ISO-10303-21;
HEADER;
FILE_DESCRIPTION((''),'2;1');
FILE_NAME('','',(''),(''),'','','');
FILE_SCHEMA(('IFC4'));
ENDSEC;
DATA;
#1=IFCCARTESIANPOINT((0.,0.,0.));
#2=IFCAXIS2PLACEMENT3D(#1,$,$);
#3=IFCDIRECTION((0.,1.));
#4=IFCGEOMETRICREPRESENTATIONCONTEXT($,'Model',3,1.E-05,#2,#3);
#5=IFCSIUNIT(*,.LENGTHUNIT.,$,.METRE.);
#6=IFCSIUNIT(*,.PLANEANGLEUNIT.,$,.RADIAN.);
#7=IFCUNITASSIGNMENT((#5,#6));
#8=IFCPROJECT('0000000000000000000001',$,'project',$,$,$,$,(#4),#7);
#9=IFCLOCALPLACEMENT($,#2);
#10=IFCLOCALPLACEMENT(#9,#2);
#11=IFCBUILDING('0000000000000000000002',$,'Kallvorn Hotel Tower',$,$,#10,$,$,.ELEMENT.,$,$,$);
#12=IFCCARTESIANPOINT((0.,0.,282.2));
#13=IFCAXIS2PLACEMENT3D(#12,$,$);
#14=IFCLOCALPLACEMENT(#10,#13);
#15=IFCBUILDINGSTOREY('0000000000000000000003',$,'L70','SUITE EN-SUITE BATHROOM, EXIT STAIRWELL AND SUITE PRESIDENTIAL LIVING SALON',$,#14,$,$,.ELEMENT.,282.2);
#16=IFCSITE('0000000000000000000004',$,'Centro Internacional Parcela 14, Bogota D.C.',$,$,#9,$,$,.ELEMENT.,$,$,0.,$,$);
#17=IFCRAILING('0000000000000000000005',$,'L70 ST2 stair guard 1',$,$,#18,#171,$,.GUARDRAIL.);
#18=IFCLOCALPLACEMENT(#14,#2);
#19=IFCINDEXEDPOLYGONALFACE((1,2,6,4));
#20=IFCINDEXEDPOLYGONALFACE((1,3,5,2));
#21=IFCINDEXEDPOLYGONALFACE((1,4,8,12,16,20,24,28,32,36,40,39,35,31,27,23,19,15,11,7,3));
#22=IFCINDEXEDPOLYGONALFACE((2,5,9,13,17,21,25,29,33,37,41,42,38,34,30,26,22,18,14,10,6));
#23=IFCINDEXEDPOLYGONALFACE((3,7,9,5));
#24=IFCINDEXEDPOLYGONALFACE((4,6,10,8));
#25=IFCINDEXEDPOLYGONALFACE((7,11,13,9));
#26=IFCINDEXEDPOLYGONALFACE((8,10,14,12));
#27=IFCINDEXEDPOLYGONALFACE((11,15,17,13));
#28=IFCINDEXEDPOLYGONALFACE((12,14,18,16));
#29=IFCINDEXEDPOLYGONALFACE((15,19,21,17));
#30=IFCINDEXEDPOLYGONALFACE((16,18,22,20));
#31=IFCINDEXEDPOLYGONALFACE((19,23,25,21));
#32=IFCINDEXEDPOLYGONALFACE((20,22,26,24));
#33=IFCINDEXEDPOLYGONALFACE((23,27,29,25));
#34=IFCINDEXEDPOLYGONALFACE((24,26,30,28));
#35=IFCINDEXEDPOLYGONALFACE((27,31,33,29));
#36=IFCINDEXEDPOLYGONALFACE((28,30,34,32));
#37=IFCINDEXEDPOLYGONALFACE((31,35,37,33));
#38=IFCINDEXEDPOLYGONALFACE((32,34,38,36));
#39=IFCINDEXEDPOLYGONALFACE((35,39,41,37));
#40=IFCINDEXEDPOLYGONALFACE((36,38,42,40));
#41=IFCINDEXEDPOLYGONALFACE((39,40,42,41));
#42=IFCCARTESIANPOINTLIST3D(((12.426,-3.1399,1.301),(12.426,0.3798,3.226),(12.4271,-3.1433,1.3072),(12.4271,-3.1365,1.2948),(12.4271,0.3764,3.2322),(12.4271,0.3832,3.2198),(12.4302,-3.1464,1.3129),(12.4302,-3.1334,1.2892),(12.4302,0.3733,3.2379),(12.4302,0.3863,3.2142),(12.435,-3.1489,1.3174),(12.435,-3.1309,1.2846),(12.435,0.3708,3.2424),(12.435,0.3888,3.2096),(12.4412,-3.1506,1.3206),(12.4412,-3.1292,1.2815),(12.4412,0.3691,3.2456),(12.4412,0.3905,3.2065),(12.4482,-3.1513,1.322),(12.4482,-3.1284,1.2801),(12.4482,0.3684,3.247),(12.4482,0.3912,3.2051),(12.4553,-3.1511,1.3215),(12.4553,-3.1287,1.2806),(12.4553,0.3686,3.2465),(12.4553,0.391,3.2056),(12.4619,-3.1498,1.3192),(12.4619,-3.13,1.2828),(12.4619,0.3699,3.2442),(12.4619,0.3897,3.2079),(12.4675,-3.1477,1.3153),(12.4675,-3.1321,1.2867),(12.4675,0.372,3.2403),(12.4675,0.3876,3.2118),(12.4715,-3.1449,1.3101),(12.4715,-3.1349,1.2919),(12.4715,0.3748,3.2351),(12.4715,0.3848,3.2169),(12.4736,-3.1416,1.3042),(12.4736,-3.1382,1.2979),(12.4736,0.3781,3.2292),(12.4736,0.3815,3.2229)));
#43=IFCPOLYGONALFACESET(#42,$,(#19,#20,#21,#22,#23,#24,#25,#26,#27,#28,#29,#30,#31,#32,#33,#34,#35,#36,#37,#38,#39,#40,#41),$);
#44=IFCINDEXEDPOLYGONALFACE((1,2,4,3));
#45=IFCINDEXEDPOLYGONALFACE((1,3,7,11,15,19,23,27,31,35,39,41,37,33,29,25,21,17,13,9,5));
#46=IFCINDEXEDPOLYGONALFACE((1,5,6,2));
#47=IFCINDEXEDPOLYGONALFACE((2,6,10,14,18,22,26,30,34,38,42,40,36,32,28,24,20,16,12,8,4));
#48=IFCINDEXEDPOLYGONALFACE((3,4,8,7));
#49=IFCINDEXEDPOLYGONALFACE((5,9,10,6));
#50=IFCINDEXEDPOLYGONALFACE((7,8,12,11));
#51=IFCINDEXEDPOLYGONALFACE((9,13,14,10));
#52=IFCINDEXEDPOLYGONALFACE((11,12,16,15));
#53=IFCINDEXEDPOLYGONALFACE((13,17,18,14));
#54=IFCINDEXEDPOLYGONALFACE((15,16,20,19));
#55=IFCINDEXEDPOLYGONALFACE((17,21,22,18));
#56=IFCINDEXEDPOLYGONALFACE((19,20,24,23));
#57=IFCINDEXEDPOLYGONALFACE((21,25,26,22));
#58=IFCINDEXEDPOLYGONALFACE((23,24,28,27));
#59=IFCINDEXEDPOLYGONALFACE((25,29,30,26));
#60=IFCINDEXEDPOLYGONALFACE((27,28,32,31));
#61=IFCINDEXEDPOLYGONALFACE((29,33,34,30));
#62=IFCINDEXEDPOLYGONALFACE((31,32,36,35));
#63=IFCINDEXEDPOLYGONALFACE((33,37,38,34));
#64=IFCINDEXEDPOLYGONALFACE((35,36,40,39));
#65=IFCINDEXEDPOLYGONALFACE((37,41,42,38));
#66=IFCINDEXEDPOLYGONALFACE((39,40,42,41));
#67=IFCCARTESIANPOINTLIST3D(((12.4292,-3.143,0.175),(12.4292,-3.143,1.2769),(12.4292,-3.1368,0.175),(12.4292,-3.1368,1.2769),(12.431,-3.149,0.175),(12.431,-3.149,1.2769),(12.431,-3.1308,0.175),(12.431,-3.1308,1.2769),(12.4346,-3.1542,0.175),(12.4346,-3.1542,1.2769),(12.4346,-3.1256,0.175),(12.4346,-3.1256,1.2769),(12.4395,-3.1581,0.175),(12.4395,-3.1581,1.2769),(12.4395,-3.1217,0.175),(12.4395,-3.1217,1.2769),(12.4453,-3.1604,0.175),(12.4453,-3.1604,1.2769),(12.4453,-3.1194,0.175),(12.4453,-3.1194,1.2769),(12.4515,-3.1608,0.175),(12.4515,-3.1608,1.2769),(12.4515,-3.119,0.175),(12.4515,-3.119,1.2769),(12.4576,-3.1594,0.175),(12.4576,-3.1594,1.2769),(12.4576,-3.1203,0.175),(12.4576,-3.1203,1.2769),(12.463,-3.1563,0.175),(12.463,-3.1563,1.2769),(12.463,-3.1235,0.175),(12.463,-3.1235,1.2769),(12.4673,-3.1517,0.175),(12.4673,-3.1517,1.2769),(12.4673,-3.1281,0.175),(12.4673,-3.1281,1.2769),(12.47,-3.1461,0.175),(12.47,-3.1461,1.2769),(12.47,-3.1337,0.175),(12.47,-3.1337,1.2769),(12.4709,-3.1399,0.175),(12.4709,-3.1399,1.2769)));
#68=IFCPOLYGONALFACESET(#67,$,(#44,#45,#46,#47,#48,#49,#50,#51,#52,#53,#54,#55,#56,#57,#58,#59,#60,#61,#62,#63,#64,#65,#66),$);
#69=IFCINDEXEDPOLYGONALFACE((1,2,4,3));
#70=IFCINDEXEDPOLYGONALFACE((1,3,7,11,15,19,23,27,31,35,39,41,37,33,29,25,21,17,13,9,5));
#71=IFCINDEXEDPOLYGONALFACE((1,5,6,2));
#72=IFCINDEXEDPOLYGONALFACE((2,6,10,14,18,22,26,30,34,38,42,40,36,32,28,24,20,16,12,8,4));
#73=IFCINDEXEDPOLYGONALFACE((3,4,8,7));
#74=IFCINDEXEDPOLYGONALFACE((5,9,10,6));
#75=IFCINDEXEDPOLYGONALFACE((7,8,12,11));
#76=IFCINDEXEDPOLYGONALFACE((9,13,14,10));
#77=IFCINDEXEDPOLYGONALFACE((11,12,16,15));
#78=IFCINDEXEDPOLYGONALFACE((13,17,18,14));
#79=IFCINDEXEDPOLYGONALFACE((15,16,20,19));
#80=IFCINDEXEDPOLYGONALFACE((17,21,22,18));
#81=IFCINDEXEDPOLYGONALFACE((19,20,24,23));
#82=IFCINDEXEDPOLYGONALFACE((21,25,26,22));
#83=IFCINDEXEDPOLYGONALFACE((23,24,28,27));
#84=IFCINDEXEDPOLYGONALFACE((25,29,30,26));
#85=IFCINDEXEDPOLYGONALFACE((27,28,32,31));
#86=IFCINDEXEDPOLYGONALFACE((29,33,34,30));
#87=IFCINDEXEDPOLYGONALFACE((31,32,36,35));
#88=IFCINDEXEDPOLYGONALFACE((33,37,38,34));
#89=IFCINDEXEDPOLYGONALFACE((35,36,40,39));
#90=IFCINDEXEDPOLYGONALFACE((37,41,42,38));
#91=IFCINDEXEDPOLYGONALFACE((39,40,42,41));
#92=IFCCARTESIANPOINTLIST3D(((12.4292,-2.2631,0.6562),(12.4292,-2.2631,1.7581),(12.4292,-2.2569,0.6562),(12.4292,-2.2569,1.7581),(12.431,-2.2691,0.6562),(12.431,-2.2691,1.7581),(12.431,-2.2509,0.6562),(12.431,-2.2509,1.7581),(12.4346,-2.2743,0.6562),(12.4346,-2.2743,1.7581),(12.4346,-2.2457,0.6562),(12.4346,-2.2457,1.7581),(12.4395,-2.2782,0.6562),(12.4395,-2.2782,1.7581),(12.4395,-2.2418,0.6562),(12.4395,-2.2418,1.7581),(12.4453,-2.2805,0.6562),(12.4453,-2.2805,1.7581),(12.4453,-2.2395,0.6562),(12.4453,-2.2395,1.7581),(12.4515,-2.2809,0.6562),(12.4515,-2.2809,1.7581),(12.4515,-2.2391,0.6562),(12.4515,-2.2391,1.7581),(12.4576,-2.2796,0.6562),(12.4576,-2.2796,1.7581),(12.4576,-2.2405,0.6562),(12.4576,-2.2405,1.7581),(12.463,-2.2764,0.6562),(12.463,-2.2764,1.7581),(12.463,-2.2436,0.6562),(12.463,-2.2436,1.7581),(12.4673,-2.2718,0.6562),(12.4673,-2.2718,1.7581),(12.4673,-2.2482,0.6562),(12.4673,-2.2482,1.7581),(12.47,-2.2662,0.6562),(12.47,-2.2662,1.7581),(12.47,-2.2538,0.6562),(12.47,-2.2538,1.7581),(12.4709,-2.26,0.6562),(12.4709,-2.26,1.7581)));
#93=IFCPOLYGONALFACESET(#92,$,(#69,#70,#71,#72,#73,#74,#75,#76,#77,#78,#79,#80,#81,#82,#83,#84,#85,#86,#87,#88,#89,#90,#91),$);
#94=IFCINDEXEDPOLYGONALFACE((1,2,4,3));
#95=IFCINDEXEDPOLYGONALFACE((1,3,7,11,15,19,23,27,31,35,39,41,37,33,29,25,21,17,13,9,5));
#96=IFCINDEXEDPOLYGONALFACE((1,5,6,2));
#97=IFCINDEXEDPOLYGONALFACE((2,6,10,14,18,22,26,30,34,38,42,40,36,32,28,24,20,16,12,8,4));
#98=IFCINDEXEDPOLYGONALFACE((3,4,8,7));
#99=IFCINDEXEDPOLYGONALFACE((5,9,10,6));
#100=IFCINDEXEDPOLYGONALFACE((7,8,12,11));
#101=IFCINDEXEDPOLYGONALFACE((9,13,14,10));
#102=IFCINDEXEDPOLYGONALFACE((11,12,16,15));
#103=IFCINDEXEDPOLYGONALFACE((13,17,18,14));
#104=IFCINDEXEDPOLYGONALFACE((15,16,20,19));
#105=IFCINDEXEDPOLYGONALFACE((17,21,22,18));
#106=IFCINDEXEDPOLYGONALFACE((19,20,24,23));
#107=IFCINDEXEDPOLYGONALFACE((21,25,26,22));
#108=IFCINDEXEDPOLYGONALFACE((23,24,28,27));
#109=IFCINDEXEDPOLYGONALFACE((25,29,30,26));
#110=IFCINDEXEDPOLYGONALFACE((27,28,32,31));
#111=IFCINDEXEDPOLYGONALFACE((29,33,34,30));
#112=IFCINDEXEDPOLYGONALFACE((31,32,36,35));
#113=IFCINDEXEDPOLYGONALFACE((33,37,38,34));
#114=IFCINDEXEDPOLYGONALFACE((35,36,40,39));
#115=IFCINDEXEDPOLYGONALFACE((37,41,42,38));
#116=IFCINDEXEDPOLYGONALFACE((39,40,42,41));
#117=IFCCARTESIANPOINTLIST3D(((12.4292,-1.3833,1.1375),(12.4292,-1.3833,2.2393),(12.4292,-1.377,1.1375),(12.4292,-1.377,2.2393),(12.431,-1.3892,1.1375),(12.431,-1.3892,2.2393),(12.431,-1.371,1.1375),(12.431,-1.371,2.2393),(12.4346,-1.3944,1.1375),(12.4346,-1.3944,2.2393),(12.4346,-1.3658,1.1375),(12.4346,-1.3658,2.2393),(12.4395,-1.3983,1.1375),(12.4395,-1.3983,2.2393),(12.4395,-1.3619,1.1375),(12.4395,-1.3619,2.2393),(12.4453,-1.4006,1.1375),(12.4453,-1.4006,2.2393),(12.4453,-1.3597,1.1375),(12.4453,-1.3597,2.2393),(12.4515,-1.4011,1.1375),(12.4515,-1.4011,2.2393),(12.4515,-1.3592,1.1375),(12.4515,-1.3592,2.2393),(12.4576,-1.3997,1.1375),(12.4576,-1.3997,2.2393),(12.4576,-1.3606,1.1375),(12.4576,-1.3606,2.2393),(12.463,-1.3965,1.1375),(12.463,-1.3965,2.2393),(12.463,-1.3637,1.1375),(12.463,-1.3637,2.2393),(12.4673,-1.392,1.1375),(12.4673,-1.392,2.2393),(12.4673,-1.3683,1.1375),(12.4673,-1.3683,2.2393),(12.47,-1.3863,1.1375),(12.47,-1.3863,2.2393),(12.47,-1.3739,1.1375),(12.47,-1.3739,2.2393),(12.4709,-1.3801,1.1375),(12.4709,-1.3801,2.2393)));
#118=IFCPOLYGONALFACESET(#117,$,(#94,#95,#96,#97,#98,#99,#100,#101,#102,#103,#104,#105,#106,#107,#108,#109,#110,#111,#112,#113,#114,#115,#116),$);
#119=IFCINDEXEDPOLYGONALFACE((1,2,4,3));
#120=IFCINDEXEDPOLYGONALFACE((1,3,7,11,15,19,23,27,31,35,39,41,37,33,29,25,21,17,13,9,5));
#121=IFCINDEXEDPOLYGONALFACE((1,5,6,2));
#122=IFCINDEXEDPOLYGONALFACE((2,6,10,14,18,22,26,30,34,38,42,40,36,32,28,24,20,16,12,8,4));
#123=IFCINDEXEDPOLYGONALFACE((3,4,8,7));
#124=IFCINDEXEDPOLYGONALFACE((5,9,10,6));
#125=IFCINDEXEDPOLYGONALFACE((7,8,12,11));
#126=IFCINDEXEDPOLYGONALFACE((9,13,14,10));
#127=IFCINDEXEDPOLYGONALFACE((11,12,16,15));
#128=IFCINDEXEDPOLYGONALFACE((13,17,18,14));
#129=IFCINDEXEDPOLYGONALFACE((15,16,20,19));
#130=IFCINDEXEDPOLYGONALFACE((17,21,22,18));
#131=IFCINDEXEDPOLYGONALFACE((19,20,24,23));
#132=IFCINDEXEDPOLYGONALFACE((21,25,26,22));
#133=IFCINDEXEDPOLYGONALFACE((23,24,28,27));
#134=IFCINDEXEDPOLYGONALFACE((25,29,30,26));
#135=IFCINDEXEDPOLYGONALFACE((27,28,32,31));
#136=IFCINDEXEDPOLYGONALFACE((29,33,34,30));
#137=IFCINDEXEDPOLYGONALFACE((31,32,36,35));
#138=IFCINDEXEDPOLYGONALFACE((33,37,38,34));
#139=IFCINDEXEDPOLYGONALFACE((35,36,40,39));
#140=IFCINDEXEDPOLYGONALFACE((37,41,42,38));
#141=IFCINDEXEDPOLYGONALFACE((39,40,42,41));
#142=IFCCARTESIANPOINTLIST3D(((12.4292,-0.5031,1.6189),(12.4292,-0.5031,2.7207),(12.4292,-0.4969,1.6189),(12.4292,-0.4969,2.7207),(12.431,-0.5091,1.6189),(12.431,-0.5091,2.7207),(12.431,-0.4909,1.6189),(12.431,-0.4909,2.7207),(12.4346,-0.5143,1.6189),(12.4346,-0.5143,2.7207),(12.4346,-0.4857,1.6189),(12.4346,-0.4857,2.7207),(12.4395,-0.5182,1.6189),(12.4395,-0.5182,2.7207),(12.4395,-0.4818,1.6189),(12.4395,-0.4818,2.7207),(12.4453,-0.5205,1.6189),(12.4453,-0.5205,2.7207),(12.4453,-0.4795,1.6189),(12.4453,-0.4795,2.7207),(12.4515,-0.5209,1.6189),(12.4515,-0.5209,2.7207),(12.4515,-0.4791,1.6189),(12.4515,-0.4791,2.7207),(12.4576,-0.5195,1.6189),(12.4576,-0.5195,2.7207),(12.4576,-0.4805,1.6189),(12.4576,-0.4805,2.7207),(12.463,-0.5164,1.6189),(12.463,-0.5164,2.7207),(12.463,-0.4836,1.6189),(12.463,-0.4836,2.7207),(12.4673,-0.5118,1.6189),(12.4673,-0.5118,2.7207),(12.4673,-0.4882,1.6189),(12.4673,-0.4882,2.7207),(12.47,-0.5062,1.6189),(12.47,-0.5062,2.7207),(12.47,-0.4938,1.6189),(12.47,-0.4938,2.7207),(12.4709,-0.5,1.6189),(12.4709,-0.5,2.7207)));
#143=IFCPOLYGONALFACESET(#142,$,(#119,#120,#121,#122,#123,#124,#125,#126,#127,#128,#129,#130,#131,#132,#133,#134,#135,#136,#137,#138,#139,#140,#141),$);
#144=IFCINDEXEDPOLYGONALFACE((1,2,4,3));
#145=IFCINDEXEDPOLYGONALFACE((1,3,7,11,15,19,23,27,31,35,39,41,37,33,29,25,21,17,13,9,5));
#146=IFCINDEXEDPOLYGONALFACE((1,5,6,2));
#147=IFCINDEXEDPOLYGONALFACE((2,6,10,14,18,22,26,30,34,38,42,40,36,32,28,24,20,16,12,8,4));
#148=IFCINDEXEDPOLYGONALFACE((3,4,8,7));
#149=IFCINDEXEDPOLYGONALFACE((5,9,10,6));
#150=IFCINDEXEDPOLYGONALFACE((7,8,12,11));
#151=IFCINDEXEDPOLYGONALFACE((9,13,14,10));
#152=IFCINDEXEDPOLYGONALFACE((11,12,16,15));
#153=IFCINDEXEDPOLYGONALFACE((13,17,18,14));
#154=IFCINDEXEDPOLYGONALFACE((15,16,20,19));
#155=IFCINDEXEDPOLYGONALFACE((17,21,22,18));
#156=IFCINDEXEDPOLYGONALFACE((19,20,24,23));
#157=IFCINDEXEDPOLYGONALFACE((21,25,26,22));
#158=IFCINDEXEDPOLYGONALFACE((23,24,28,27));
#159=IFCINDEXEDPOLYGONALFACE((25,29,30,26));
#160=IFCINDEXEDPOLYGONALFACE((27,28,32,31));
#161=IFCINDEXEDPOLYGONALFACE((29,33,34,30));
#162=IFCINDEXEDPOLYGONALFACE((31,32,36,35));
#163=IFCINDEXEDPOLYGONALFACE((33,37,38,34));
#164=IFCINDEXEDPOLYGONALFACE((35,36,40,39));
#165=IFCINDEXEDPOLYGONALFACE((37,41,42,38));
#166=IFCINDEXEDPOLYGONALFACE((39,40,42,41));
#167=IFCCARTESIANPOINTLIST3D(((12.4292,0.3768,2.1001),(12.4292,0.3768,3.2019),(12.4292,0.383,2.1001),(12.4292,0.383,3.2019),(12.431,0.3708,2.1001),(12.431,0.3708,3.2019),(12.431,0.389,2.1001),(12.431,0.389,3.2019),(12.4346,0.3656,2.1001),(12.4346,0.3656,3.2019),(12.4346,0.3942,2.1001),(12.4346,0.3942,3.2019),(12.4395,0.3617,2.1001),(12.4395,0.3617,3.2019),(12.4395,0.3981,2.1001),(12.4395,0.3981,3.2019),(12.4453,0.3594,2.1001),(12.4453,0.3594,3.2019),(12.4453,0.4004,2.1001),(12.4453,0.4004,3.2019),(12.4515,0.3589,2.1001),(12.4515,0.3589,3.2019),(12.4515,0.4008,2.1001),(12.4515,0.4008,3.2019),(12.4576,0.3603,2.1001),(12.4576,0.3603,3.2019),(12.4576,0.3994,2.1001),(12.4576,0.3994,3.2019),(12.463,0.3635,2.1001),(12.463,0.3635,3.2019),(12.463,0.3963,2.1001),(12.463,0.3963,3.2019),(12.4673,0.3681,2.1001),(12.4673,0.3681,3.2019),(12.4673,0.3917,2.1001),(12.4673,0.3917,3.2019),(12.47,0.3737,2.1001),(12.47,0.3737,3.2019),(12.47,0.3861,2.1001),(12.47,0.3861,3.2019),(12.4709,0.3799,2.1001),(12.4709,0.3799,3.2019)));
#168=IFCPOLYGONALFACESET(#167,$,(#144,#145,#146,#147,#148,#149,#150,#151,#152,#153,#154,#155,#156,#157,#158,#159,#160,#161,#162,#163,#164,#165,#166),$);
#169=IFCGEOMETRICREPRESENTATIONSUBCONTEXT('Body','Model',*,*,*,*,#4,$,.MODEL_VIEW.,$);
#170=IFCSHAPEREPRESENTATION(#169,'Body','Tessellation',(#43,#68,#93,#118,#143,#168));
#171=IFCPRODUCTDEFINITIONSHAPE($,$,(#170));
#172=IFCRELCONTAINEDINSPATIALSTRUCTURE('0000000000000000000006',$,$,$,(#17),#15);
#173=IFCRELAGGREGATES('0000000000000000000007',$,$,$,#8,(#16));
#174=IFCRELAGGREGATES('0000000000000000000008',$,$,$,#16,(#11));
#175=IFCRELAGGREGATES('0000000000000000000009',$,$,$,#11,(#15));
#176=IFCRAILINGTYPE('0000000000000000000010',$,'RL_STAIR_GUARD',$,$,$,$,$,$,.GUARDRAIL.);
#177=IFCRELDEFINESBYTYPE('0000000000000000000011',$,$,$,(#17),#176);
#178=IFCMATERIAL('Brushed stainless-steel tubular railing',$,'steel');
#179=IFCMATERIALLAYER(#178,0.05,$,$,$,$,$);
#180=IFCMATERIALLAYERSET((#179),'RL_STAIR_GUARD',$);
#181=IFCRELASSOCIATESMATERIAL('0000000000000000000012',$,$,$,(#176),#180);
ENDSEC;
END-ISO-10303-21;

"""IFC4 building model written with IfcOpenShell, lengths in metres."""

from ifc_helpers import new_model, si_unit, direction, frame, origin, origin_2d, place, context, subcontext, project, spatial, circle, extrude, material, layer, layer_set, type_object, element, save


model = new_model("IFC4")

# Units and contexts
model_context = context("Model", 3, precision=1e-05, world=origin(), true_north=direction((0.0, 1.0)))
body_context = subcontext(model_context, "Body", "Model", "MODEL_VIEW")
ifc_project = project(units=[si_unit("LENGTHUNIT", "METRE"), si_unit("PLANEANGLEUNIT", "RADIAN")], contexts=[model_context])

# Site, building, storey
site_placement = place(None, origin())
site = spatial("IfcSite", under=ifc_project, at=site_placement, Name="Centro Internacional Parcela 14, Bogota D.C.", CompositionType="ELEMENT", RefElevation=0.0)
building_placement = place(site_placement, origin())
building = spatial("IfcBuilding", under=site, at=building_placement, Name="Kallvorn Hotel Tower", CompositionType="ELEMENT")
storey_placement = place(building_placement, frame((0.0, 0.0, 282.2)))
storey = spatial("IfcBuildingStorey", under=building, at=storey_placement, Name="L70", Description="SUITE EN-SUITE BATHROOM, EXIT STAIRWELL AND SUITE PRESIDENTIAL LIVING SALON", CompositionType="ELEMENT", Elevation=282.2)

# Railing
ifc_material_1 = material(Name="Brushed stainless-steel tubular railing", Category="steel")
ifc_layer_1 = layer(ifc_material_1, 0.05)
ifc_layer_set_1 = layer_set([ifc_layer_1], Name="RL_STAIR_GUARD")
railing_type_1 = type_object("IfcRailingType", Name="RL_STAIR_GUARD", PredefinedType="GUARDRAIL", material=ifc_layer_set_1)
railing_1_placement = place(storey_placement, frame((12.45, -3.1399, 0.175)))
element("IfcRailing", 1, at=railing_1_placement, inside=storey, type_object=railing_type_1, Name="L70 ST2 stair guard 1", PredefinedType="GUARDRAIL", context=body_context, shape_type="SweptSolid", body=[
    extrude(circle(Radius=0.0239, at=origin_2d()), frame((0.0, 0.0, 1.126), z_axis=(0.0, 0.877353, 0.479845), x_axis=(-1.0, 0.0, 0.0)), (0.0, 0.0, 1.0), 4.0117),
    extrude(circle(Radius=0.021, at=origin_2d()), origin(), (0.0, 0.0, 1.0), 1.1018),
    extrude(circle(Radius=0.021, at=origin_2d()), frame((0.0, 0.8799, 0.4812)), (0.0, 0.0, 1.0), 1.1018),
    extrude(circle(Radius=0.021, at=origin_2d()), frame((0.0, 1.7598, 0.9624)), (0.0, 0.0, 1.0), 1.1018),
    extrude(circle(Radius=0.021, at=origin_2d()), frame((0.0, 2.6399, 1.4438)), (0.0, 0.0, 1.0), 1.1018),
    extrude(circle(Radius=0.021, at=origin_2d()), frame((0.0, 3.5198, 1.925)), (0.0, 0.0, 1.0), 1.1018),
])

save(model, "model.ifc")
